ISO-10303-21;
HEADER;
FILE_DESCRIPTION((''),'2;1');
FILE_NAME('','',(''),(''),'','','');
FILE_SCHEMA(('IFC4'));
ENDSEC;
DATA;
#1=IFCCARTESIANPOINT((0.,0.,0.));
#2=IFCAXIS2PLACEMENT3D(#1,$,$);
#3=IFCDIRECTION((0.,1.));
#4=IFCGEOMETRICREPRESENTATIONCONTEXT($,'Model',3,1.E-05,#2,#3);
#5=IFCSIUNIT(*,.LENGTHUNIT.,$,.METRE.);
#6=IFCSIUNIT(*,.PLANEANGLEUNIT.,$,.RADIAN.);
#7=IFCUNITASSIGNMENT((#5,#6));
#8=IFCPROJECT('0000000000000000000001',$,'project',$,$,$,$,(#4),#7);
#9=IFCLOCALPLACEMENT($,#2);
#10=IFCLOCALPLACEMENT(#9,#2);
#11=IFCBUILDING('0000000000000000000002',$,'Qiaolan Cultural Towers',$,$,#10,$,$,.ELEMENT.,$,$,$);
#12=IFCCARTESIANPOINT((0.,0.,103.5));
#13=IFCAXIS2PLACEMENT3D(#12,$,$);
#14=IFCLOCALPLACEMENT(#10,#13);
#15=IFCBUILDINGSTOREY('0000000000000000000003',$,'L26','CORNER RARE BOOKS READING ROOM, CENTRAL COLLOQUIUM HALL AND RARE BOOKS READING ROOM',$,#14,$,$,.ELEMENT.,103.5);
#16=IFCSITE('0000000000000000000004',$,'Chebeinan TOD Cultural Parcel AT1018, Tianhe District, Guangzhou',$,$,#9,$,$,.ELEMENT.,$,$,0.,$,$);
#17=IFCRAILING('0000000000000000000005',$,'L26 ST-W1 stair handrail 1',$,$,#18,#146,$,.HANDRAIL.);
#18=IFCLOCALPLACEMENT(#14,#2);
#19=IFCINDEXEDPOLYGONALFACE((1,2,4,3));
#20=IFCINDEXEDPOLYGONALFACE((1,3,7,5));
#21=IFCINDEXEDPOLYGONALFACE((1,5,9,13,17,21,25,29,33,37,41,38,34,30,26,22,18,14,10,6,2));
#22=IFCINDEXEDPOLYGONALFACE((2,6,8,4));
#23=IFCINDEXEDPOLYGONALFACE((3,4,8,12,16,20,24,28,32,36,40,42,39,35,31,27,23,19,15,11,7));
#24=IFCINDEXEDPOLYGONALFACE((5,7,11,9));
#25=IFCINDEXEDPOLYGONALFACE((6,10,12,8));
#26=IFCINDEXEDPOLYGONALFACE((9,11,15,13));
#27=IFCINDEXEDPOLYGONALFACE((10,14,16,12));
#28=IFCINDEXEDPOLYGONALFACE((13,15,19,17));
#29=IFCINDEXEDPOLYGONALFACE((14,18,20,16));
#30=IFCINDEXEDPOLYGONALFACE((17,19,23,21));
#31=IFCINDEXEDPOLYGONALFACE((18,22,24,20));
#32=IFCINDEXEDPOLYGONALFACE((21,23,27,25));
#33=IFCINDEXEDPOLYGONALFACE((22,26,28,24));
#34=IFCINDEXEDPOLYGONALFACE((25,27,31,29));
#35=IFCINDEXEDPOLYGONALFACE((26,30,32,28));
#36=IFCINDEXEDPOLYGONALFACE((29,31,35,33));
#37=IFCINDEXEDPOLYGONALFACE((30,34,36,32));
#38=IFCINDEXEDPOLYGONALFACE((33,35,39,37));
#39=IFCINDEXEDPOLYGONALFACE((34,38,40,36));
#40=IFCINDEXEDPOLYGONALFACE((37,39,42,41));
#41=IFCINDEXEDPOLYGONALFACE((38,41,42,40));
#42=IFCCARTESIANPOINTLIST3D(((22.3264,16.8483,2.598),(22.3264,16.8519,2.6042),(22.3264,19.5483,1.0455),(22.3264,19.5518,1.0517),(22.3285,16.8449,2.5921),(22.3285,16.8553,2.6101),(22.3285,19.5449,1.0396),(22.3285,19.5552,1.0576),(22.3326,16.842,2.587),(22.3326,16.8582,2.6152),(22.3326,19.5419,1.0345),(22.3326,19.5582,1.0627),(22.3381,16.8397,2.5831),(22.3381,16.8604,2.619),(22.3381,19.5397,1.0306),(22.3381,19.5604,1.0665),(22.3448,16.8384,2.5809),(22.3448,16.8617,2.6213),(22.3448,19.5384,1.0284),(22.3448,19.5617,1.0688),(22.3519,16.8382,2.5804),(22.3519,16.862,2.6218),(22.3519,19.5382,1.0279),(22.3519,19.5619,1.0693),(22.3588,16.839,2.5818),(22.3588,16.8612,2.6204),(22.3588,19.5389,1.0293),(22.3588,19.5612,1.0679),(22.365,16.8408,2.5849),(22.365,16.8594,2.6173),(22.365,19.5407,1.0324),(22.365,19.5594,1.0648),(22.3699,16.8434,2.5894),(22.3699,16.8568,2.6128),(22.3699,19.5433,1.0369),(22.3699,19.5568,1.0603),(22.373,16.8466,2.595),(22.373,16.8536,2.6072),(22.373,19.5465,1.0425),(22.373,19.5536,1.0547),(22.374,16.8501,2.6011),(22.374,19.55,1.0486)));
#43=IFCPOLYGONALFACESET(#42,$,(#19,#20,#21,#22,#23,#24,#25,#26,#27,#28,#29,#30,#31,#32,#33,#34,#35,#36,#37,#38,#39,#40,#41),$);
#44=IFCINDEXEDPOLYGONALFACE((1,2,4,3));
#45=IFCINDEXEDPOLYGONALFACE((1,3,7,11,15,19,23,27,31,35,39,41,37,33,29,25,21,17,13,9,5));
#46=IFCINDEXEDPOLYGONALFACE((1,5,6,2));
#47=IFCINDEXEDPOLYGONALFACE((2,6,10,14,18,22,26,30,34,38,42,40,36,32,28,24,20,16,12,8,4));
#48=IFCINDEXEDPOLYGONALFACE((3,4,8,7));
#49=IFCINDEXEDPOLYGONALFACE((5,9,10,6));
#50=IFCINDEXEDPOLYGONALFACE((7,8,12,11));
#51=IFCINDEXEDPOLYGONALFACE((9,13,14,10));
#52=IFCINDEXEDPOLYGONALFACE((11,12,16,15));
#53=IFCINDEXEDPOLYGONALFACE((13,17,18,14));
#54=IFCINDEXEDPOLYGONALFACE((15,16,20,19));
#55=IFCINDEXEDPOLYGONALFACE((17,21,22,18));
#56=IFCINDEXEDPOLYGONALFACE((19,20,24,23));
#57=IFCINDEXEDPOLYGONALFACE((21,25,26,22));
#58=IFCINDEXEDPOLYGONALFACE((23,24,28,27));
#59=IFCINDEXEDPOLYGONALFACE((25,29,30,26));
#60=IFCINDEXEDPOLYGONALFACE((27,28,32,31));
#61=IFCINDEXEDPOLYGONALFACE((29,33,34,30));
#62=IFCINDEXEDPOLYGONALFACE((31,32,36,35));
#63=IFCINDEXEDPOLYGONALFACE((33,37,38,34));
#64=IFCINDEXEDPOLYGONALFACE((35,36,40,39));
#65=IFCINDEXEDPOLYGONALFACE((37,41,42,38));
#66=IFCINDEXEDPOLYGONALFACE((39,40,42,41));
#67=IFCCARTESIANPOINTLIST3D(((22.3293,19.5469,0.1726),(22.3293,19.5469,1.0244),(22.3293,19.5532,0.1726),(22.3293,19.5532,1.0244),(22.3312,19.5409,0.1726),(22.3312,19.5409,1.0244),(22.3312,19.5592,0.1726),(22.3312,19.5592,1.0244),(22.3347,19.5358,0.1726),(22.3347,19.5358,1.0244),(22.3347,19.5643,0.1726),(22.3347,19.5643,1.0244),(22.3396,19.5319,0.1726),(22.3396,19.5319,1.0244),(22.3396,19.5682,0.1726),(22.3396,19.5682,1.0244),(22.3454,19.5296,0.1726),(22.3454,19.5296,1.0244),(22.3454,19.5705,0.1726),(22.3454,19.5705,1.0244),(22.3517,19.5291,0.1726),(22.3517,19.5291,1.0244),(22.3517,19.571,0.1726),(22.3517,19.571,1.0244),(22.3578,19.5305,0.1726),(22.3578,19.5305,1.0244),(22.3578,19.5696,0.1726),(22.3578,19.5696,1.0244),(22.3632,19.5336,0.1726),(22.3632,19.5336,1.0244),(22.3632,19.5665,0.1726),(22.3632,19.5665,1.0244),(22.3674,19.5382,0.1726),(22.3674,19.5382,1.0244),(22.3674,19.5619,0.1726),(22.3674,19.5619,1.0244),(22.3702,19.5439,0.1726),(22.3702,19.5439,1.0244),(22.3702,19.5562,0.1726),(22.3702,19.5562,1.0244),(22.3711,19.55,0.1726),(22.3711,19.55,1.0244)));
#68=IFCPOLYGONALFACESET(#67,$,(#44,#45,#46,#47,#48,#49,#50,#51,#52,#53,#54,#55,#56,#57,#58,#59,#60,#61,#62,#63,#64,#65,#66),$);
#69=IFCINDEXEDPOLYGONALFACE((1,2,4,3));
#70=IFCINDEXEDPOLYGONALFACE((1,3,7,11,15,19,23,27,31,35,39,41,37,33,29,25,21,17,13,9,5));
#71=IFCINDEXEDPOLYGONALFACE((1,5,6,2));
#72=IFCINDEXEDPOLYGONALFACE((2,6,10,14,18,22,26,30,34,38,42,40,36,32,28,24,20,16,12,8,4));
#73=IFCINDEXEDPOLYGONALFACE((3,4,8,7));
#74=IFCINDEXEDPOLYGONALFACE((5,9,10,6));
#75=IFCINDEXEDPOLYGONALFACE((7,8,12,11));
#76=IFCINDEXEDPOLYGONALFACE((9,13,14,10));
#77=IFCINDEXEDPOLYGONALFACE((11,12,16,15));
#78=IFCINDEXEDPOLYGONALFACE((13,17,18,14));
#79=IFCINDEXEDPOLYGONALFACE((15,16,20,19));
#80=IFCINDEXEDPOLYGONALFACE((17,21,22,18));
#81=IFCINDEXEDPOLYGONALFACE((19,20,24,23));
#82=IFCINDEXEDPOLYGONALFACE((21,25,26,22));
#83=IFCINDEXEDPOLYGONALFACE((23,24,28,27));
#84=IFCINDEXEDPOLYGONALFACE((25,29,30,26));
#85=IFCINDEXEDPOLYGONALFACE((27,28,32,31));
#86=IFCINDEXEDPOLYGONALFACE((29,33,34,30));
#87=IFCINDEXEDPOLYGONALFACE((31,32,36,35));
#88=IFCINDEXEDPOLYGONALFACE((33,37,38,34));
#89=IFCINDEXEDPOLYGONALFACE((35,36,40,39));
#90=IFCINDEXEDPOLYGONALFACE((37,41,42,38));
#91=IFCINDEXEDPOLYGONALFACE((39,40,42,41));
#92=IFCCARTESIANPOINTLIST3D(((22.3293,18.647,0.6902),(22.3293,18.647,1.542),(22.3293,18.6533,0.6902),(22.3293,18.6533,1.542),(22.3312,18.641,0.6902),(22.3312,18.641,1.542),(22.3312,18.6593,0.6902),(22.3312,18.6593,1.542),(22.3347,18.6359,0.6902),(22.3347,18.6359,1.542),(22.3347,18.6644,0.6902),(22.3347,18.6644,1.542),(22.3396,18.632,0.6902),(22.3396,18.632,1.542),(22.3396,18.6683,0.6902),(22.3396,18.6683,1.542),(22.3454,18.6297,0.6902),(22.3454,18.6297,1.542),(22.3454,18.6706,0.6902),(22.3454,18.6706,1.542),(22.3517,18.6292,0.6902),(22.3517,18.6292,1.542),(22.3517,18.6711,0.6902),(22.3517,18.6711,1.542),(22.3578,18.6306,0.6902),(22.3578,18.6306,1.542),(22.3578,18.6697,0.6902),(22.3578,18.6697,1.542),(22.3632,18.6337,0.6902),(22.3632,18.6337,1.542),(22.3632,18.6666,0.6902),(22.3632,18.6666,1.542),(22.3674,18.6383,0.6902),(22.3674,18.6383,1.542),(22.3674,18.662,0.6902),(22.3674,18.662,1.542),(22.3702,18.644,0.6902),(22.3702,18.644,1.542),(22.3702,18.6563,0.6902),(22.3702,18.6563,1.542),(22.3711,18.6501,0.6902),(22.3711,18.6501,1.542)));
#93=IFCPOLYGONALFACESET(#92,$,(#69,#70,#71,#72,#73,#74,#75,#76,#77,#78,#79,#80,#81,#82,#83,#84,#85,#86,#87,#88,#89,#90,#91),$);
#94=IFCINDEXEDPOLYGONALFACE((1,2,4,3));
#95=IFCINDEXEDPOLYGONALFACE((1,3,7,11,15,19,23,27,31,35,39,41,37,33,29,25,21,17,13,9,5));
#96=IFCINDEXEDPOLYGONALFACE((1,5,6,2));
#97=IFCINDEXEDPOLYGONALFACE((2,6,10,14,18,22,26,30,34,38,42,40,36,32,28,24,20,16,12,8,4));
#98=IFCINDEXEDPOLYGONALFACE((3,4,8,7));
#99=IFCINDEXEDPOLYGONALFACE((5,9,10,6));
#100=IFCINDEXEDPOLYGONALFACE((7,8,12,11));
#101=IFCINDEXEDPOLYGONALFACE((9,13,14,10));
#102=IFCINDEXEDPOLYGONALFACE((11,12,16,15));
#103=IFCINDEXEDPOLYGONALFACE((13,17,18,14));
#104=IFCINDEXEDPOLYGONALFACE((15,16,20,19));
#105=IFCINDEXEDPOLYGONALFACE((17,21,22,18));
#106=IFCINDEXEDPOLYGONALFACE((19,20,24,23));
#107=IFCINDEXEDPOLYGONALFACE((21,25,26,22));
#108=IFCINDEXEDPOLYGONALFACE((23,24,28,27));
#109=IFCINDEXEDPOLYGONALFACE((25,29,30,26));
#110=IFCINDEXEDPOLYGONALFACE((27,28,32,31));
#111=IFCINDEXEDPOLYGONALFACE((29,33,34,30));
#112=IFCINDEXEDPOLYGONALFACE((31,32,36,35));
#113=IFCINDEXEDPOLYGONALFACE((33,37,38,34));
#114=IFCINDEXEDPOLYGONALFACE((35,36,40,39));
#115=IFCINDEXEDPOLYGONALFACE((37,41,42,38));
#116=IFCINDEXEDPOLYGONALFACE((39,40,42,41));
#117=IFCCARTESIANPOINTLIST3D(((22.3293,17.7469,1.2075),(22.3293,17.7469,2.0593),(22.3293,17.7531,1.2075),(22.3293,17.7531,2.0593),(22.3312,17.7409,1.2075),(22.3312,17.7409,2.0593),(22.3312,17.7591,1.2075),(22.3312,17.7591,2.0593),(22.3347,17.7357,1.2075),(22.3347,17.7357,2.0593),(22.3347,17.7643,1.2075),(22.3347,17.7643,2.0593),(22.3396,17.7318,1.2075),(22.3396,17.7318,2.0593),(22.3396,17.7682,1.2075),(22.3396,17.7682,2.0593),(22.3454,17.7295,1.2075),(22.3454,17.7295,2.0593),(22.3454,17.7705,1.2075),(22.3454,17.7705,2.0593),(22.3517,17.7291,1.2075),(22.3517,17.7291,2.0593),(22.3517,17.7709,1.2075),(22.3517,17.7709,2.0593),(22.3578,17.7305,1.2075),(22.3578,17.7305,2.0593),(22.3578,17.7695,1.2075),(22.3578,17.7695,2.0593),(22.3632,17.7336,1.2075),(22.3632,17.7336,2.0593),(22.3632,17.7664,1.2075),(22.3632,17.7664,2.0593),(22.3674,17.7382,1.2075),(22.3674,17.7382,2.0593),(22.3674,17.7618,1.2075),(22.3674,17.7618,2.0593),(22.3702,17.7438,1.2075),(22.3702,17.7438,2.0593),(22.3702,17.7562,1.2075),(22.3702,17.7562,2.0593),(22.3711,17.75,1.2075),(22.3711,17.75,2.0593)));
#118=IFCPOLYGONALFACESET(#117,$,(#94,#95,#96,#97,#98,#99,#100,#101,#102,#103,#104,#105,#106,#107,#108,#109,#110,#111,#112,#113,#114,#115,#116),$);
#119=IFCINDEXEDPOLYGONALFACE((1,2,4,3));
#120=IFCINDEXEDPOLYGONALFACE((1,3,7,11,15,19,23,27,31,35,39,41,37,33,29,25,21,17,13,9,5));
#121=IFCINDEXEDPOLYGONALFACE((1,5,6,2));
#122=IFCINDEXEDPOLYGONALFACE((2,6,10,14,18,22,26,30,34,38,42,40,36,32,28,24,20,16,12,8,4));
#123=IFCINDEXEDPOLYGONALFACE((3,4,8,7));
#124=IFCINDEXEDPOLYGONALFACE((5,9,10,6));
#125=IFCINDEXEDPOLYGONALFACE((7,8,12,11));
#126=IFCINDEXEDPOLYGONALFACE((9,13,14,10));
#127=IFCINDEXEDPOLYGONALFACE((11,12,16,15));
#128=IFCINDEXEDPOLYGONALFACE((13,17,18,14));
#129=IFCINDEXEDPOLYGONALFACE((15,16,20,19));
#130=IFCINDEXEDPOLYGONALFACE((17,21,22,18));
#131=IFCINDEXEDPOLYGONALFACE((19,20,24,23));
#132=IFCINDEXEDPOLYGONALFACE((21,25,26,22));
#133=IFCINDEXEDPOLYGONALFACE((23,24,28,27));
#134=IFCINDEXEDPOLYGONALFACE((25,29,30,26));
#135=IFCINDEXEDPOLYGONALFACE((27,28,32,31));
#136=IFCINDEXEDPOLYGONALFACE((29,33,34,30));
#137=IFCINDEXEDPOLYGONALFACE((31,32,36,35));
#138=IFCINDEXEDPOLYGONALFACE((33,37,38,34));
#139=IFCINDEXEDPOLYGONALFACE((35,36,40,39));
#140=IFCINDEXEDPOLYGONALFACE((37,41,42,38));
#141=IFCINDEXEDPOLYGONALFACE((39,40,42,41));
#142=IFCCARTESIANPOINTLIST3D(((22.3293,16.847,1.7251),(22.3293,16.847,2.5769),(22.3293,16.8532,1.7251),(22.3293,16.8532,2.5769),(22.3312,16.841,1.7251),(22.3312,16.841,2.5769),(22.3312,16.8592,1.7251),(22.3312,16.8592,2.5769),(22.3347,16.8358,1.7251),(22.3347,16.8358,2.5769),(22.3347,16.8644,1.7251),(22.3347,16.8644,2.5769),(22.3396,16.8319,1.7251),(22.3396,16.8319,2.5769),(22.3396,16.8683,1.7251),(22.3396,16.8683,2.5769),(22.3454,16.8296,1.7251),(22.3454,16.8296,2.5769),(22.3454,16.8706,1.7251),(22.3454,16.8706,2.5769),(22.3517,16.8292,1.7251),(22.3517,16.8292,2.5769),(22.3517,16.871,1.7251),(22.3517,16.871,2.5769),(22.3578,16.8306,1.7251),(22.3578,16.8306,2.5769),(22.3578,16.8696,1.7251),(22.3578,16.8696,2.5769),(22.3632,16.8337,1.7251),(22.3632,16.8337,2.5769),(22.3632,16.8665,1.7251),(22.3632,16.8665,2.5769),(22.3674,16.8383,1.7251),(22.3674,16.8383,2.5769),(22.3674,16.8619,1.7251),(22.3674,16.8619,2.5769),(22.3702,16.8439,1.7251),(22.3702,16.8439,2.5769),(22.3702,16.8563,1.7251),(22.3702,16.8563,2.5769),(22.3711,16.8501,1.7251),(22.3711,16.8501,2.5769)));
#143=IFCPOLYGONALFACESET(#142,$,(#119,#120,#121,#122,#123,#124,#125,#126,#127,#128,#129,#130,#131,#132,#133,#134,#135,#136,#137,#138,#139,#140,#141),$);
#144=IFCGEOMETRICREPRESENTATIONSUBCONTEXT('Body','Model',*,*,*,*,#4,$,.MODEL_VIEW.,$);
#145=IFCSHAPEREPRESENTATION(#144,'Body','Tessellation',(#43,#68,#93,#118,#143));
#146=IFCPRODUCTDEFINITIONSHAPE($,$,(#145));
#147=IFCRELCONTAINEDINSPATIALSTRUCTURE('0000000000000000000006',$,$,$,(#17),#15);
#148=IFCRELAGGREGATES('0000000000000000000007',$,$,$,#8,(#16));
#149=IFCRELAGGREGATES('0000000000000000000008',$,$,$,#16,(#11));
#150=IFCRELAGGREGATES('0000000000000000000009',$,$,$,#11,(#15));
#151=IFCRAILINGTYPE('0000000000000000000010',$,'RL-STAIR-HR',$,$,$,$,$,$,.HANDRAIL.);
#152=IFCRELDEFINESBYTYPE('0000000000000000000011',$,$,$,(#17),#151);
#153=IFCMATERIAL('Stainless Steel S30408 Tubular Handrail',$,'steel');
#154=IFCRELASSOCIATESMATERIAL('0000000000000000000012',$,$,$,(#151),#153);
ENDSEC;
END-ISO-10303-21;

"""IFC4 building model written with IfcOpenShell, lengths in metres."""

from ifc_helpers import new_model, si_unit, direction, frame, origin, origin_2d, place, context, subcontext, project, spatial, circle, extrude, material, type_object, element, save


model = new_model("IFC4")

# Units and contexts
model_context = context("Model", 3, precision=1e-05, world=origin(), true_north=direction((0.0, 1.0)))
body_context = subcontext(model_context, "Body", "Model", "MODEL_VIEW")
ifc_project = project(units=[si_unit("LENGTHUNIT", "METRE"), si_unit("PLANEANGLEUNIT", "RADIAN")], contexts=[model_context])

# Site, building, storey
site_placement = place(None, origin())
site = spatial("IfcSite", under=ifc_project, at=site_placement, Name="Chebeinan TOD Cultural Parcel AT1018, Tianhe District, Guangzhou", CompositionType="ELEMENT", RefElevation=0.0)
building_placement = place(site_placement, origin())
building = spatial("IfcBuilding", under=site, at=building_placement, Name="Qiaolan Cultural Towers", CompositionType="ELEMENT")
storey_placement = place(building_placement, frame((0.0, 0.0, 103.5)))
storey = spatial("IfcBuildingStorey", under=building, at=storey_placement, Name="L26", Description="CORNER RARE BOOKS READING ROOM, CENTRAL COLLOQUIUM HALL AND RARE BOOKS READING ROOM", CompositionType="ELEMENT", Elevation=103.5)

# Railing
ifc_material_1 = material(Name="Stainless Steel S30408 Tubular Handrail", Category="steel")
railing_type_1 = type_object("IfcRailingType", Name="RL-STAIR-HR", PredefinedType="HANDRAIL", material=ifc_material_1)
railing_1_placement = place(storey_placement, frame((22.3501, 19.55, 0.1726)))
element("IfcRailing", 1, at=railing_1_placement, inside=storey, type_object=railing_type_1, Name="L26 ST-W1 stair handrail 1", PredefinedType="HANDRAIL", context=body_context, shape_type="SweptSolid", body=[
    extrude(circle(Radius=0.0239, at=origin_2d()), frame((0.0, 0.0, 0.876), z_axis=(0.0, -0.866904, 0.498476), x_axis=(1.0, 0.0, 0.0)), (0.0, 0.0, 1.0), 3.1145),
    extrude(circle(Radius=0.021, at=origin_2d()), origin(), (0.0, 0.0, 1.0), 0.8518),
    extrude(circle(Radius=0.021, at=origin_2d()), frame((0.0, -0.8999, 0.5176)), (0.0, 0.0, 1.0), 0.8518),
    extrude(circle(Radius=0.021, at=origin_2d()), frame((0.0, -1.8, 1.0349)), (0.0, 0.0, 1.0), 0.8518),
    extrude(circle(Radius=0.021, at=origin_2d()), frame((0.0, -2.7, 1.5525)), (0.0, 0.0, 1.0), 0.8518),
])

save(model, "model.ifc")
